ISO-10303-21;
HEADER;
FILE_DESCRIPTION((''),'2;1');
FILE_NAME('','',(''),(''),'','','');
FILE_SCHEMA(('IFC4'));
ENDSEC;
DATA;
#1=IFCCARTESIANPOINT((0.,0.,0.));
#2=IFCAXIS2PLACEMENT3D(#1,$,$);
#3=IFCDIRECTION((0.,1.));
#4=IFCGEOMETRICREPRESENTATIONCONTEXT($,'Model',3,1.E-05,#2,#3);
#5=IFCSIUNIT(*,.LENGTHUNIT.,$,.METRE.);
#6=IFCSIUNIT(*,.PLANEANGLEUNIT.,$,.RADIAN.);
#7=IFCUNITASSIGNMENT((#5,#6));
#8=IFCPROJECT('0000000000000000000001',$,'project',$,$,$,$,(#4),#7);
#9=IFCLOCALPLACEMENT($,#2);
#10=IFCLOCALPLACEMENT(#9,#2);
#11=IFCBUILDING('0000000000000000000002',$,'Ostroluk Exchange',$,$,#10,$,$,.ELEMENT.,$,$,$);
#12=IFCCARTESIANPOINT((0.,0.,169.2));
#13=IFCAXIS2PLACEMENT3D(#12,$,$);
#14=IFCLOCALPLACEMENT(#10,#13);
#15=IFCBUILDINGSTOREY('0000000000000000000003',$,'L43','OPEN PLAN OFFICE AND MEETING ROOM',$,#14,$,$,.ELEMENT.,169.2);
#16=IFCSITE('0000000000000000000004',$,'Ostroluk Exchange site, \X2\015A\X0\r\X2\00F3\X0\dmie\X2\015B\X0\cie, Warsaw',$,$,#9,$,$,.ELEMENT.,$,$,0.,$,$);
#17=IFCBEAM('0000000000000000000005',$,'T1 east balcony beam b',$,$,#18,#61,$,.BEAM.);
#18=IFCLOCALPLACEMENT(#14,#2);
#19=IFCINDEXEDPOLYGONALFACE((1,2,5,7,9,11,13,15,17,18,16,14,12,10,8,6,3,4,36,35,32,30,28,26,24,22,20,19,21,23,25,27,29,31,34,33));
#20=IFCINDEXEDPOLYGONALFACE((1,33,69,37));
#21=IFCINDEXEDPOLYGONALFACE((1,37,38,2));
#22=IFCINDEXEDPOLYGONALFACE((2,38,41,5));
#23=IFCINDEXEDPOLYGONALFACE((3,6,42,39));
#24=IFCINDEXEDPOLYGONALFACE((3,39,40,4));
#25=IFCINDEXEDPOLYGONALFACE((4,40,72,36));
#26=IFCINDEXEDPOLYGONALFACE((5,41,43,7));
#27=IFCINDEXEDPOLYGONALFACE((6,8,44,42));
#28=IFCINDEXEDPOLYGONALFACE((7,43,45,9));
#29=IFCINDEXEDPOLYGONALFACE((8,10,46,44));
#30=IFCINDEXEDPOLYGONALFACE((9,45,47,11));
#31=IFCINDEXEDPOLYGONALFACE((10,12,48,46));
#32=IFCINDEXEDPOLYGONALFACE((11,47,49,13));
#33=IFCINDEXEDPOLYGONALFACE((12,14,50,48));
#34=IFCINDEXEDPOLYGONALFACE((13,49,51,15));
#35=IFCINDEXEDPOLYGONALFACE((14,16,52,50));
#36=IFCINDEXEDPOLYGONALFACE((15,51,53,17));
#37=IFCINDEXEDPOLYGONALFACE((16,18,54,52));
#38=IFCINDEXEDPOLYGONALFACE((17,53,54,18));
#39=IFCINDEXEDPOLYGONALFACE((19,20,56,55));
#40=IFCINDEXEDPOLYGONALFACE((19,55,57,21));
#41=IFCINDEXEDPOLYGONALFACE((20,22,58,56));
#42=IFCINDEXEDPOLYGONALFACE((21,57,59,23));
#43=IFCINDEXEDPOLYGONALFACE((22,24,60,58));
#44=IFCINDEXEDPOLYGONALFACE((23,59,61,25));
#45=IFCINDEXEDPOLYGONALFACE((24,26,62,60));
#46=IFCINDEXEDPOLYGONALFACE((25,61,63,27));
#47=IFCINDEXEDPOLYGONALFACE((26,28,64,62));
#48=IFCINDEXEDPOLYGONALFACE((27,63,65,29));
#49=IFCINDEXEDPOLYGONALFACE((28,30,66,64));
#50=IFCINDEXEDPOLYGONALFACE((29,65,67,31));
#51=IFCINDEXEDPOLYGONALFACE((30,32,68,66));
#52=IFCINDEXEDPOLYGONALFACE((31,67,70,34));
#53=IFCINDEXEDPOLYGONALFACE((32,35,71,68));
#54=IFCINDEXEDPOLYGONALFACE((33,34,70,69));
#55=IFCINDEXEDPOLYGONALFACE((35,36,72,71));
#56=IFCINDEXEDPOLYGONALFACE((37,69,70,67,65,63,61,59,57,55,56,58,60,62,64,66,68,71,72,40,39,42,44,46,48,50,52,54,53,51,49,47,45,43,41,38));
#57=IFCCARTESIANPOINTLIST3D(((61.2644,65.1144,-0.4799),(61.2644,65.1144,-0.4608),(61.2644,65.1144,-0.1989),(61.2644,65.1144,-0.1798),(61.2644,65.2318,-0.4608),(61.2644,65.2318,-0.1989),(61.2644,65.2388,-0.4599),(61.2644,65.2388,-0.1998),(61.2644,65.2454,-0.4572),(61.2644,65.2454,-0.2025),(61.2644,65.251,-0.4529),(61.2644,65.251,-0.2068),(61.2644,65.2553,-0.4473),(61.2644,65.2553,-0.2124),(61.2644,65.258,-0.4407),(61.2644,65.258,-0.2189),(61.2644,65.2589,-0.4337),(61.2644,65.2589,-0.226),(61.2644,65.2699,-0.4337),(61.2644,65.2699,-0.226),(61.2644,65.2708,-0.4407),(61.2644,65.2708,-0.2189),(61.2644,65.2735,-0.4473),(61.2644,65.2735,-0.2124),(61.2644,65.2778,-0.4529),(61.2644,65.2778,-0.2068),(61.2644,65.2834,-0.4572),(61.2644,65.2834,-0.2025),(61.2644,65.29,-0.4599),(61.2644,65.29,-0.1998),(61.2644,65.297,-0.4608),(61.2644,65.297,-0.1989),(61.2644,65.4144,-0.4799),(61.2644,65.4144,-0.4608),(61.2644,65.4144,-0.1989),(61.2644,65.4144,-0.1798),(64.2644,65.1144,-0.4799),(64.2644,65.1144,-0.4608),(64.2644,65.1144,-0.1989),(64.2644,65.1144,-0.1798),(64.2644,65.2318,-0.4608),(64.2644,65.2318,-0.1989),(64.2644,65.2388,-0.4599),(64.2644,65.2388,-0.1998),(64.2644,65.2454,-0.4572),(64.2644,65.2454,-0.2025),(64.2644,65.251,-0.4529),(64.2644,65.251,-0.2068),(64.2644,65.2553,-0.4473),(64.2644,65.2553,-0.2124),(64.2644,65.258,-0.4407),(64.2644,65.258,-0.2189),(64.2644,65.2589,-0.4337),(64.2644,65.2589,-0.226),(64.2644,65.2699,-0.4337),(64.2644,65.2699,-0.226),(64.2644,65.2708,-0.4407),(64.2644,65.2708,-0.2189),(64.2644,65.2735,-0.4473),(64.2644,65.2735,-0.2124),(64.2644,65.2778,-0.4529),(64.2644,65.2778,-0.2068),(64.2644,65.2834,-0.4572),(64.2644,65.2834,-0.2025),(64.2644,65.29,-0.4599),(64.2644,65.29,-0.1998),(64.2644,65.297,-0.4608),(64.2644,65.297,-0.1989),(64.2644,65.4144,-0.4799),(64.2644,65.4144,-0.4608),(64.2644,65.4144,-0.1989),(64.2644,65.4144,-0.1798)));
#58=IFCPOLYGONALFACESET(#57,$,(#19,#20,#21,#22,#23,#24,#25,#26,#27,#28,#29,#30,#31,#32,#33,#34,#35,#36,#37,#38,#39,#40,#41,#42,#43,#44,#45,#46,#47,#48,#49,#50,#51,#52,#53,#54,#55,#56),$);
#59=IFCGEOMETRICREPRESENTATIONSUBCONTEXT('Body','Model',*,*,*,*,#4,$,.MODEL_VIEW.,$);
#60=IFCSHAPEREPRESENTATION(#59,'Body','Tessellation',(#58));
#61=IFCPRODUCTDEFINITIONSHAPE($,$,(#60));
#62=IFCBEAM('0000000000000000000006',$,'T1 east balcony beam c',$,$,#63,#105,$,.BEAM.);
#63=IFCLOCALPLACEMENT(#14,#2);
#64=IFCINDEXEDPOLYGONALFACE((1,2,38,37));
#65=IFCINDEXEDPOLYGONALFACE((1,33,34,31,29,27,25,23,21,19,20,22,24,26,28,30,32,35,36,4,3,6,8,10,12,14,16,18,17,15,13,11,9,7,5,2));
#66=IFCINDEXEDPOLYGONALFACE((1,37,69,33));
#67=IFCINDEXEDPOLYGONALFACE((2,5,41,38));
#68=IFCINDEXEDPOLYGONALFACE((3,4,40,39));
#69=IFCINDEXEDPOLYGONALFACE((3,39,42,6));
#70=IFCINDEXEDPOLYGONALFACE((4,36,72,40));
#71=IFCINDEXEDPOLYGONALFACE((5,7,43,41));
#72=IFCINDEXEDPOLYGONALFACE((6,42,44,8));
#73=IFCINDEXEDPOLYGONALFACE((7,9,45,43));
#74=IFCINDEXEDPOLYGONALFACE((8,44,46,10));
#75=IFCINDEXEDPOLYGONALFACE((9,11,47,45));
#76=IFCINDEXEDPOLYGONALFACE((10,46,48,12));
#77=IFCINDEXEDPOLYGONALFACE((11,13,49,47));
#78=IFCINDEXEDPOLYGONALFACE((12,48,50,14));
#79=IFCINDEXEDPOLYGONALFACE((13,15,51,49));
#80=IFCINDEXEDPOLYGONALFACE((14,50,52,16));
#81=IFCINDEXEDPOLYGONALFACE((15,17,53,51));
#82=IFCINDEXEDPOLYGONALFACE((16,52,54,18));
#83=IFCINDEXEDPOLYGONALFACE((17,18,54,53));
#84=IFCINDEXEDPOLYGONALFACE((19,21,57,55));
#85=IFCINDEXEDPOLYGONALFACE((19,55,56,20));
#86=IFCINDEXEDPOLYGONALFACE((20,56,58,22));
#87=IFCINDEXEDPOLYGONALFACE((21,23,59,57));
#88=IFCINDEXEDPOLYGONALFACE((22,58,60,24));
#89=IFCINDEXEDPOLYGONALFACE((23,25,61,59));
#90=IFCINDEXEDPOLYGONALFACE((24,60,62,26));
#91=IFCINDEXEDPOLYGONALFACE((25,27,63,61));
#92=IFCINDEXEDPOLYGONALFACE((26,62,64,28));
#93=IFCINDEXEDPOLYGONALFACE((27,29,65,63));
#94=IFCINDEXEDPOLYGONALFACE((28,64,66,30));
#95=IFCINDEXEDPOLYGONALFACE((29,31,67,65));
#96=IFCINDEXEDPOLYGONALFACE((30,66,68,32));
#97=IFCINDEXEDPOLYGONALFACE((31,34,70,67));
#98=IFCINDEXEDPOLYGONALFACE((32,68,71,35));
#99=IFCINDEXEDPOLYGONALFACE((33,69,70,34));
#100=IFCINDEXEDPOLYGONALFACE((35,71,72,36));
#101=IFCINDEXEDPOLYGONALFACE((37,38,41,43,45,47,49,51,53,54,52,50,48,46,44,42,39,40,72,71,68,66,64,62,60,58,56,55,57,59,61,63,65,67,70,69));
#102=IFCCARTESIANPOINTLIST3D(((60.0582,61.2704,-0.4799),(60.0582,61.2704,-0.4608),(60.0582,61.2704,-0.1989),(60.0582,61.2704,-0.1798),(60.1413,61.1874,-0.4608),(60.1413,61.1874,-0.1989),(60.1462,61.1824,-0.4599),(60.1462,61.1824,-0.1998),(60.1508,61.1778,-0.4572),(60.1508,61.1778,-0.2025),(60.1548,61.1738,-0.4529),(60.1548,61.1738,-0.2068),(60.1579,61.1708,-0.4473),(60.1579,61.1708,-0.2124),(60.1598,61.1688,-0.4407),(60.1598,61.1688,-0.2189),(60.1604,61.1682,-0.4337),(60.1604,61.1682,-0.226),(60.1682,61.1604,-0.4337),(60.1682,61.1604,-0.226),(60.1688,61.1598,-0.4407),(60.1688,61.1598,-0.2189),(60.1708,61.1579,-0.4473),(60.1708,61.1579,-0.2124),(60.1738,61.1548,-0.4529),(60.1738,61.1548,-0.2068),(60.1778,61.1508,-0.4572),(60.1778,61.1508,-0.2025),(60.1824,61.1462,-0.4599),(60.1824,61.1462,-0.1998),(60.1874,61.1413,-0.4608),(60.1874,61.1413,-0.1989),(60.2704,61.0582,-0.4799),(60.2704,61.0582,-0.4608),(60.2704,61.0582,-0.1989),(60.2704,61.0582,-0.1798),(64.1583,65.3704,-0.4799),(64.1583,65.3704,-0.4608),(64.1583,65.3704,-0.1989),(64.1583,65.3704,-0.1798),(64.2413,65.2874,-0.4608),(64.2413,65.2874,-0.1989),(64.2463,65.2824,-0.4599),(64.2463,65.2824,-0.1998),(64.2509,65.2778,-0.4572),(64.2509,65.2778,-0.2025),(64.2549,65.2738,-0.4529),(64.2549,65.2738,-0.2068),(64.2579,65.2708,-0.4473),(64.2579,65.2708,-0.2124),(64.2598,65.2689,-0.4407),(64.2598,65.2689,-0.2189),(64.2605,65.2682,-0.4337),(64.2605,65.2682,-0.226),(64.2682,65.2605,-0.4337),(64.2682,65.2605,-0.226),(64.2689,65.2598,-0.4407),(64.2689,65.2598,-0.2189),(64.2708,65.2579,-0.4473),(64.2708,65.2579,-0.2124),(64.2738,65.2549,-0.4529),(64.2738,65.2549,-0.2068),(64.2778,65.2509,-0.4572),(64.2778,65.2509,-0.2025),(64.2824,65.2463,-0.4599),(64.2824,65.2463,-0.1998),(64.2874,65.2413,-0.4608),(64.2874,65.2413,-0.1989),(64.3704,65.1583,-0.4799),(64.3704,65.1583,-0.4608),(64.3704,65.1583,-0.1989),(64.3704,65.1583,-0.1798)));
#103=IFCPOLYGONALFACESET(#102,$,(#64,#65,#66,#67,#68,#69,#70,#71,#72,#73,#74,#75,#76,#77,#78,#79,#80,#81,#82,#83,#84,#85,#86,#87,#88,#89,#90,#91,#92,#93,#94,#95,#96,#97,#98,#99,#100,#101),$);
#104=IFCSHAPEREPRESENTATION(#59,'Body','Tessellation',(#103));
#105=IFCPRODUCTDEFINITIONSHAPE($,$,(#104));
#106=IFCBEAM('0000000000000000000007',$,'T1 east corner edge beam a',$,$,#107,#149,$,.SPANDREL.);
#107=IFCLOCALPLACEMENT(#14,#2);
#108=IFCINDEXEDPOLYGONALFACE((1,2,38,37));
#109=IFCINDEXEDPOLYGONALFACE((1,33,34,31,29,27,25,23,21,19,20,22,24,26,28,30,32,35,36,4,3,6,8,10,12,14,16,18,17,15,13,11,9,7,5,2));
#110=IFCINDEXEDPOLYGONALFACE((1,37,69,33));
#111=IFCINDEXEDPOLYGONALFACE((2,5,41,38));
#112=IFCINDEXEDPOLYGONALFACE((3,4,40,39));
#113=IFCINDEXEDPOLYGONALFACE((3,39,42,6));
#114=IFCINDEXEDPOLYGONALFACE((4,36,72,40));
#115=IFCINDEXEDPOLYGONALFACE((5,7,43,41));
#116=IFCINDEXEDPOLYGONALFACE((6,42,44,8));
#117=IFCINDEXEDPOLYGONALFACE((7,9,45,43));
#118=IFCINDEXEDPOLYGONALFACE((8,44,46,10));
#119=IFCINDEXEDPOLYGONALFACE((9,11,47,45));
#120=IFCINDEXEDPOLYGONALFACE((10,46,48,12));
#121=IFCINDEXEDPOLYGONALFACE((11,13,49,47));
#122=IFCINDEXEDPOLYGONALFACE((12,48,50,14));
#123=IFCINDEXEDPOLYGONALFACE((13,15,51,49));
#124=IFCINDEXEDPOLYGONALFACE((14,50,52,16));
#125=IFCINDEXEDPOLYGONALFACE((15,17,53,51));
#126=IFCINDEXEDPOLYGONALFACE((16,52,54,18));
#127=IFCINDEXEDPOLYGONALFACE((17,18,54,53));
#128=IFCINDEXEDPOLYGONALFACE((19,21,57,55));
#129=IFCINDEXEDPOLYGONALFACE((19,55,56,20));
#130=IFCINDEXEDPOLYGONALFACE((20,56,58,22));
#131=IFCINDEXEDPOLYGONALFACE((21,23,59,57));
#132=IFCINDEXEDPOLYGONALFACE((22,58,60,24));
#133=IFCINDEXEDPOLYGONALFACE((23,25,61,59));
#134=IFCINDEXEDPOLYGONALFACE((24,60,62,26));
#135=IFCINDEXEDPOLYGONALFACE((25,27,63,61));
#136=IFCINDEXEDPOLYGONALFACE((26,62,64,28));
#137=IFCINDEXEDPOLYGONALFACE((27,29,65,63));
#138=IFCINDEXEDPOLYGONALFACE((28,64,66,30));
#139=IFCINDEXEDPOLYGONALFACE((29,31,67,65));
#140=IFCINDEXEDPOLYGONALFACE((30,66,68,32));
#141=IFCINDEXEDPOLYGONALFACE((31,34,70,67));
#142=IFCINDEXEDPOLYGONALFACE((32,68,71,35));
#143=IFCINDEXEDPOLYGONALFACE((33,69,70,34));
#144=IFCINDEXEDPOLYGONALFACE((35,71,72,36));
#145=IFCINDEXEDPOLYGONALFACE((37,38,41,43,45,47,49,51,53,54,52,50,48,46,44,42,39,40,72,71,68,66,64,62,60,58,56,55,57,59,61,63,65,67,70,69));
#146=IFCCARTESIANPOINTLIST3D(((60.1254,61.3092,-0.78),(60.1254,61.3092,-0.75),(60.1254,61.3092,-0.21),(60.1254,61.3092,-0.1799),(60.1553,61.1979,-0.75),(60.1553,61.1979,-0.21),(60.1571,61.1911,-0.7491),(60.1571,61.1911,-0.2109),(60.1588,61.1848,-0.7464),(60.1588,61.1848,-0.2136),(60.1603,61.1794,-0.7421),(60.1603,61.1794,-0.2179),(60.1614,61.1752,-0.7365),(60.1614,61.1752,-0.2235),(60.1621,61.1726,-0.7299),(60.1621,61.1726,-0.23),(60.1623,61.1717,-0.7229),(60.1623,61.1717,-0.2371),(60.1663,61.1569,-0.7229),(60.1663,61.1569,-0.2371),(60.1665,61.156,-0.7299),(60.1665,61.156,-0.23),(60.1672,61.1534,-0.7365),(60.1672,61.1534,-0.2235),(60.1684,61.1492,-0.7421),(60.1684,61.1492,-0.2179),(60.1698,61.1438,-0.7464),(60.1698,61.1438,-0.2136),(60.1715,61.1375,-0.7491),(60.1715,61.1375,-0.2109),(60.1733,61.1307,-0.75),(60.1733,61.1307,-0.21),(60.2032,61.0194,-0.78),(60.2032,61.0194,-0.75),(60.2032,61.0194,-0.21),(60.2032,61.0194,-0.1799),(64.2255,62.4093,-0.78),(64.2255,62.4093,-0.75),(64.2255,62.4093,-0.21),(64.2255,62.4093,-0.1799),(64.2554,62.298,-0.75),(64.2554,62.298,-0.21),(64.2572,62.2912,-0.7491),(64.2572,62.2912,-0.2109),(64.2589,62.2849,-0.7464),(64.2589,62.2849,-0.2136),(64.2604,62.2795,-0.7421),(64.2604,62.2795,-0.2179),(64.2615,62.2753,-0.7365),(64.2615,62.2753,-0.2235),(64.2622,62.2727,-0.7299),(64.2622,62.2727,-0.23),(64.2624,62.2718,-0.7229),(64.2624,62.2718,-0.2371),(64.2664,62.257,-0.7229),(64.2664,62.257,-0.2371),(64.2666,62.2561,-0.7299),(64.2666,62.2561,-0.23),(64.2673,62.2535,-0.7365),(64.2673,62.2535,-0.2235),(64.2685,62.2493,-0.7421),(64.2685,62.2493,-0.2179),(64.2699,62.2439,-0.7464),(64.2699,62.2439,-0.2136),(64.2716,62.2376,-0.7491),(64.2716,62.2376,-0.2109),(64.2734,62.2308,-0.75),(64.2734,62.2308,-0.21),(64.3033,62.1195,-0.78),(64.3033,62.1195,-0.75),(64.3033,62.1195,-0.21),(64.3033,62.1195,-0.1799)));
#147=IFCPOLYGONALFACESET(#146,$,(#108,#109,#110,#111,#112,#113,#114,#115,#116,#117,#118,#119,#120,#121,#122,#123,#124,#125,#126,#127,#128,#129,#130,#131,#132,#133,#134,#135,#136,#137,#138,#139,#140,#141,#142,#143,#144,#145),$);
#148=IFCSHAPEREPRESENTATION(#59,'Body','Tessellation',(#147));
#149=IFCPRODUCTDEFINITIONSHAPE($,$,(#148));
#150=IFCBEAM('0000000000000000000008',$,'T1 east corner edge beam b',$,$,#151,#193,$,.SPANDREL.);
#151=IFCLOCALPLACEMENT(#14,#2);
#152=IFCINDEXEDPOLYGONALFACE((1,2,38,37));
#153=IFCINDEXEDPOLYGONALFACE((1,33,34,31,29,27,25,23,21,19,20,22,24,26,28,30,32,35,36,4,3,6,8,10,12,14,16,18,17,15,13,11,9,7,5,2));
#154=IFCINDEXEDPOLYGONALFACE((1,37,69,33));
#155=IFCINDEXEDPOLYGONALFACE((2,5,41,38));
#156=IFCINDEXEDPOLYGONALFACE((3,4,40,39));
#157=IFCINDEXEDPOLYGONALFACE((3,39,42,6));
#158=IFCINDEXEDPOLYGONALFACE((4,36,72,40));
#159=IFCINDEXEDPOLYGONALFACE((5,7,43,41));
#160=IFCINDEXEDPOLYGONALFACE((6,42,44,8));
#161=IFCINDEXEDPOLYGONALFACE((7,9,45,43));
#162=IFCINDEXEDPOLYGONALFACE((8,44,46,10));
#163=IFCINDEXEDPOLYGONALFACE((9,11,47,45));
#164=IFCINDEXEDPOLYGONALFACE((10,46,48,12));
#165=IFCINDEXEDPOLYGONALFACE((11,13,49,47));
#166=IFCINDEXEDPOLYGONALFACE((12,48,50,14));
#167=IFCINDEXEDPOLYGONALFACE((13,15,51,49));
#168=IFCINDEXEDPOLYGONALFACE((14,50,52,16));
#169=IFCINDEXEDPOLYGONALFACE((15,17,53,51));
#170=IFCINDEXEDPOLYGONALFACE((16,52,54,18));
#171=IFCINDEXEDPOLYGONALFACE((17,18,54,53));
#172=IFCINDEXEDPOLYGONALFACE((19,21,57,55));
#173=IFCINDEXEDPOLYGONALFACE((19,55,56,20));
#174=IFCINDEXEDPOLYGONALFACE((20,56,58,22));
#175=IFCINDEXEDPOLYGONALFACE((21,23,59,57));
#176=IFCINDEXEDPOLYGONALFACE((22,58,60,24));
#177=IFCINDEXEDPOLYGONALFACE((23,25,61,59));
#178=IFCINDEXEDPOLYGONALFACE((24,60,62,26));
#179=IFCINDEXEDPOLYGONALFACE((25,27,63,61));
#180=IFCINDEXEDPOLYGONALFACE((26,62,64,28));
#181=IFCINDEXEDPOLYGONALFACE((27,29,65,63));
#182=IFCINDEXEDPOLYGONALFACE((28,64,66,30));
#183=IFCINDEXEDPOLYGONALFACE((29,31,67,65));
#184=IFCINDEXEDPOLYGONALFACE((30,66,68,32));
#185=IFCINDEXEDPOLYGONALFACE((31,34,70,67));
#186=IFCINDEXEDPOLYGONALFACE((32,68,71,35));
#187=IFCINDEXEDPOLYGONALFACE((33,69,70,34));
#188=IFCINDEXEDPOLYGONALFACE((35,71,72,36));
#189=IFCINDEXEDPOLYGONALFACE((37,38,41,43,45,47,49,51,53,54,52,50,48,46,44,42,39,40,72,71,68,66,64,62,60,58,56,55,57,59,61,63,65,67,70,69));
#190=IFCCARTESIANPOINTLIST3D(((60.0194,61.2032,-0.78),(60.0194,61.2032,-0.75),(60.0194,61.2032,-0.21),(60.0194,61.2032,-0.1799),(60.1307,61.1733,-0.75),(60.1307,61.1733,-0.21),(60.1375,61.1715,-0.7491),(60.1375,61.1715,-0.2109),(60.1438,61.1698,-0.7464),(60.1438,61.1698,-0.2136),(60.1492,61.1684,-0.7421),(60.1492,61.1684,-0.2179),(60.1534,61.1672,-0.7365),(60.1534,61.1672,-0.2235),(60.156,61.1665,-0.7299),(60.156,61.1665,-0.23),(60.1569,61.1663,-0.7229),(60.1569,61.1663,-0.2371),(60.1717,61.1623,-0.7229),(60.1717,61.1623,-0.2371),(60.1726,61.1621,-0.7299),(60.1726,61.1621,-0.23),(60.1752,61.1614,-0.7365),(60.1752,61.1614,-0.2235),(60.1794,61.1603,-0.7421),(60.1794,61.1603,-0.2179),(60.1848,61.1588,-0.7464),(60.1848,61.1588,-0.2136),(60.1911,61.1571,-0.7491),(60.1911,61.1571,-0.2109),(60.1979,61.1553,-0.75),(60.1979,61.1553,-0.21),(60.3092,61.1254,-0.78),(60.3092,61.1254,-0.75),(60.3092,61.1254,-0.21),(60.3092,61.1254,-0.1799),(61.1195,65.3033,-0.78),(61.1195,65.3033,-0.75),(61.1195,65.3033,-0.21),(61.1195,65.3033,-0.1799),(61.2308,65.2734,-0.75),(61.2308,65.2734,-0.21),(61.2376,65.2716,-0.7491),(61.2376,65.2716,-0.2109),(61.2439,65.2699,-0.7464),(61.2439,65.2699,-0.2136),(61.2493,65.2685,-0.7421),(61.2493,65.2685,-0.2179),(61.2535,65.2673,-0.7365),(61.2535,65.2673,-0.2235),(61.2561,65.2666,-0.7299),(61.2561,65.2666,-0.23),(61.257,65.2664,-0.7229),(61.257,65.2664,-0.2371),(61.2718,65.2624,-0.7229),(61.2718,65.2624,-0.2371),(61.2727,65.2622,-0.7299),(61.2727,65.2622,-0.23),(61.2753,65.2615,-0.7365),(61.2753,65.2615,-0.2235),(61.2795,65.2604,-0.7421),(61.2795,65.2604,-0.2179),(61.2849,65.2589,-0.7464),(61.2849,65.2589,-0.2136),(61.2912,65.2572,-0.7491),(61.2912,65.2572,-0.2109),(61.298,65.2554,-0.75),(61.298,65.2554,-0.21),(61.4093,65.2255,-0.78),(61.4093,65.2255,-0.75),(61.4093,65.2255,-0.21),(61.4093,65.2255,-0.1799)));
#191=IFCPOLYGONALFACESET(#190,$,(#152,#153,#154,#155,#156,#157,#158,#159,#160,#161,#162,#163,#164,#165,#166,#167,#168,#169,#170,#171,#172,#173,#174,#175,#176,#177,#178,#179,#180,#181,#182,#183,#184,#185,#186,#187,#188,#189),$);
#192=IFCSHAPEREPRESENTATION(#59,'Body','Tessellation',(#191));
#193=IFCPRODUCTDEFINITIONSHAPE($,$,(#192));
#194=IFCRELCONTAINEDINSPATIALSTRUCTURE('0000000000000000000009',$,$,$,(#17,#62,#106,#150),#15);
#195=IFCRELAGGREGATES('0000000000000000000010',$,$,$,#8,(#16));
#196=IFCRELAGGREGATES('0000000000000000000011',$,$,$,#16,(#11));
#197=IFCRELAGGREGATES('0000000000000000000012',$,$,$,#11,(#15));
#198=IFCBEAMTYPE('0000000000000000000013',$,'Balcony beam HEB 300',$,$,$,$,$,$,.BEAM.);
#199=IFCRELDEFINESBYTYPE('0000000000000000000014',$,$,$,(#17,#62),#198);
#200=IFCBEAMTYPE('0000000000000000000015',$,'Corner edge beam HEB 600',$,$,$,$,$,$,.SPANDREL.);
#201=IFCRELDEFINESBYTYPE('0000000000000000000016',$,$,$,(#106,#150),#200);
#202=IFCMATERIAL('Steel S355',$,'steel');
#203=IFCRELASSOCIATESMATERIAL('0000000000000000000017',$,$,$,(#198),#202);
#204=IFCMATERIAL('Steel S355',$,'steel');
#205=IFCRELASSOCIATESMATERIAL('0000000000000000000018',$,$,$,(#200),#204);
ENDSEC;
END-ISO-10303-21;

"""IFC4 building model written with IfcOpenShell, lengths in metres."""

from ifc_helpers import new_model, si_unit, direction, frame, origin, origin_2d, place, context, subcontext, project, spatial, i_section, extrude, material, material_profile, profile_set, type_object, element, save


model = new_model("IFC4")

# Units and contexts
model_context = context("Model", 3, precision=1e-05, world=origin(), true_north=direction((0.0, 1.0)))
body_context = subcontext(model_context, "Body", "Model", "MODEL_VIEW")
ifc_project = project(units=[si_unit("LENGTHUNIT", "METRE"), si_unit("PLANEANGLEUNIT", "RADIAN")], contexts=[model_context])

# Site, building, storey
site_placement = place(None, origin())
site = spatial("IfcSite", under=ifc_project, at=site_placement, Name="Ostroluk Exchange site, Śródmieście, Warsaw", CompositionType="ELEMENT", RefElevation=0.0)
building_placement = place(site_placement, origin())
building = spatial("IfcBuilding", under=site, at=building_placement, Name="Ostroluk Exchange", CompositionType="ELEMENT")
storey_placement = place(building_placement, frame((0.0, 0.0, 169.2)))
storey = spatial("IfcBuildingStorey", under=building, at=storey_placement, Name="L43", Description="OPEN PLAN OFFICE AND MEETING ROOM", CompositionType="ELEMENT", Elevation=169.2)

# Beams
ifc_material_1 = material(Name="Steel S355", Category="steel")
ifc_material_profile_1 = material_profile(ifc_material_1, i_section(OverallWidth=0.3, OverallDepth=0.3, WebThickness=0.011, FlangeThickness=0.019, FilletRadius=0.0271, at=origin_2d()), Name="HEB 300")
ifc_profile_set_1 = profile_set([ifc_material_profile_1], Name="Steel S355")
beam_type_1 = type_object("IfcBeamType", Name="Balcony beam HEB 300", PredefinedType="BEAM", material=ifc_profile_set_1)
for number, where, z_axis, x_axis, name in (
    (1, (61.2644, 65.2644, -0.3298), (1.0, 0.0, 0.0), (0.0, 1.0, 0.0), "T1 east balcony beam b"),
):
    element("IfcBeam", number, at=place(storey_placement, frame(where, z_axis=z_axis, x_axis=x_axis)), inside=storey, type_object=beam_type_1, Name=name, PredefinedType="BEAM", context=body_context, shape_type="SweptSolid", body=[
        extrude(i_section(OverallWidth=0.3, OverallDepth=0.3, WebThickness=0.011, FlangeThickness=0.019, FilletRadius=0.0271, at=origin_2d()), origin(), (0.0, 0.0, 1.0), 3.0),
    ])
beam_1_placement = place(storey_placement, frame((60.1643, 61.1643, -0.3298), z_axis=(0.707107, 0.707107, 0.0), x_axis=(-0.707107, 0.707107, 0.0)))
element("IfcBeam", 2, at=beam_1_placement, inside=storey, type_object=beam_type_1, Name="T1 east balcony beam c", PredefinedType="BEAM", context=body_context, shape_type="SweptSolid", body=[
    extrude(i_section(OverallWidth=0.3, OverallDepth=0.3, WebThickness=0.011, FlangeThickness=0.019, FilletRadius=0.0271, at=origin_2d()), origin(), (0.0, 0.0, 1.0), 5.7983),
])
ifc_material_2 = material(Name="Steel S355", Category="steel")
ifc_material_profile_2 = material_profile(ifc_material_2, i_section(OverallWidth=0.3, OverallDepth=0.6001, WebThickness=0.0154, FlangeThickness=0.03, FilletRadius=0.0271, at=origin_2d()), Name="HEB 600")
ifc_profile_set_2 = profile_set([ifc_material_profile_2], Name="Steel S355")
beam_type_2 = type_object("IfcBeamType", Name="Corner edge beam HEB 600", PredefinedType="SPANDREL", material=ifc_profile_set_2)
for number, where, z_axis, x_axis, name in (
    (3, (60.1643, 61.1643, -0.48), (0.965839, 0.259144, 0.0), (-0.259144, 0.965839, 0.0), "T1 east corner edge beam a"),
    (4, (60.1643, 61.1643, -0.48), (0.259144, 0.965839, 0.0), (-0.965839, 0.259144, 0.0), "T1 east corner edge beam b"),
):
    element("IfcBeam", number, at=place(storey_placement, frame(where, z_axis=z_axis, x_axis=x_axis)), inside=storey, type_object=beam_type_2, Name=name, PredefinedType="SPANDREL", context=body_context, shape_type="SweptSolid", body=[
        extrude(i_section(OverallWidth=0.3, OverallDepth=0.6001, WebThickness=0.0154, FlangeThickness=0.03, FilletRadius=0.0271, at=origin_2d()), origin(), (0.0, 0.0, 1.0), 4.2451),
    ])

save(model, "model.ifc")
